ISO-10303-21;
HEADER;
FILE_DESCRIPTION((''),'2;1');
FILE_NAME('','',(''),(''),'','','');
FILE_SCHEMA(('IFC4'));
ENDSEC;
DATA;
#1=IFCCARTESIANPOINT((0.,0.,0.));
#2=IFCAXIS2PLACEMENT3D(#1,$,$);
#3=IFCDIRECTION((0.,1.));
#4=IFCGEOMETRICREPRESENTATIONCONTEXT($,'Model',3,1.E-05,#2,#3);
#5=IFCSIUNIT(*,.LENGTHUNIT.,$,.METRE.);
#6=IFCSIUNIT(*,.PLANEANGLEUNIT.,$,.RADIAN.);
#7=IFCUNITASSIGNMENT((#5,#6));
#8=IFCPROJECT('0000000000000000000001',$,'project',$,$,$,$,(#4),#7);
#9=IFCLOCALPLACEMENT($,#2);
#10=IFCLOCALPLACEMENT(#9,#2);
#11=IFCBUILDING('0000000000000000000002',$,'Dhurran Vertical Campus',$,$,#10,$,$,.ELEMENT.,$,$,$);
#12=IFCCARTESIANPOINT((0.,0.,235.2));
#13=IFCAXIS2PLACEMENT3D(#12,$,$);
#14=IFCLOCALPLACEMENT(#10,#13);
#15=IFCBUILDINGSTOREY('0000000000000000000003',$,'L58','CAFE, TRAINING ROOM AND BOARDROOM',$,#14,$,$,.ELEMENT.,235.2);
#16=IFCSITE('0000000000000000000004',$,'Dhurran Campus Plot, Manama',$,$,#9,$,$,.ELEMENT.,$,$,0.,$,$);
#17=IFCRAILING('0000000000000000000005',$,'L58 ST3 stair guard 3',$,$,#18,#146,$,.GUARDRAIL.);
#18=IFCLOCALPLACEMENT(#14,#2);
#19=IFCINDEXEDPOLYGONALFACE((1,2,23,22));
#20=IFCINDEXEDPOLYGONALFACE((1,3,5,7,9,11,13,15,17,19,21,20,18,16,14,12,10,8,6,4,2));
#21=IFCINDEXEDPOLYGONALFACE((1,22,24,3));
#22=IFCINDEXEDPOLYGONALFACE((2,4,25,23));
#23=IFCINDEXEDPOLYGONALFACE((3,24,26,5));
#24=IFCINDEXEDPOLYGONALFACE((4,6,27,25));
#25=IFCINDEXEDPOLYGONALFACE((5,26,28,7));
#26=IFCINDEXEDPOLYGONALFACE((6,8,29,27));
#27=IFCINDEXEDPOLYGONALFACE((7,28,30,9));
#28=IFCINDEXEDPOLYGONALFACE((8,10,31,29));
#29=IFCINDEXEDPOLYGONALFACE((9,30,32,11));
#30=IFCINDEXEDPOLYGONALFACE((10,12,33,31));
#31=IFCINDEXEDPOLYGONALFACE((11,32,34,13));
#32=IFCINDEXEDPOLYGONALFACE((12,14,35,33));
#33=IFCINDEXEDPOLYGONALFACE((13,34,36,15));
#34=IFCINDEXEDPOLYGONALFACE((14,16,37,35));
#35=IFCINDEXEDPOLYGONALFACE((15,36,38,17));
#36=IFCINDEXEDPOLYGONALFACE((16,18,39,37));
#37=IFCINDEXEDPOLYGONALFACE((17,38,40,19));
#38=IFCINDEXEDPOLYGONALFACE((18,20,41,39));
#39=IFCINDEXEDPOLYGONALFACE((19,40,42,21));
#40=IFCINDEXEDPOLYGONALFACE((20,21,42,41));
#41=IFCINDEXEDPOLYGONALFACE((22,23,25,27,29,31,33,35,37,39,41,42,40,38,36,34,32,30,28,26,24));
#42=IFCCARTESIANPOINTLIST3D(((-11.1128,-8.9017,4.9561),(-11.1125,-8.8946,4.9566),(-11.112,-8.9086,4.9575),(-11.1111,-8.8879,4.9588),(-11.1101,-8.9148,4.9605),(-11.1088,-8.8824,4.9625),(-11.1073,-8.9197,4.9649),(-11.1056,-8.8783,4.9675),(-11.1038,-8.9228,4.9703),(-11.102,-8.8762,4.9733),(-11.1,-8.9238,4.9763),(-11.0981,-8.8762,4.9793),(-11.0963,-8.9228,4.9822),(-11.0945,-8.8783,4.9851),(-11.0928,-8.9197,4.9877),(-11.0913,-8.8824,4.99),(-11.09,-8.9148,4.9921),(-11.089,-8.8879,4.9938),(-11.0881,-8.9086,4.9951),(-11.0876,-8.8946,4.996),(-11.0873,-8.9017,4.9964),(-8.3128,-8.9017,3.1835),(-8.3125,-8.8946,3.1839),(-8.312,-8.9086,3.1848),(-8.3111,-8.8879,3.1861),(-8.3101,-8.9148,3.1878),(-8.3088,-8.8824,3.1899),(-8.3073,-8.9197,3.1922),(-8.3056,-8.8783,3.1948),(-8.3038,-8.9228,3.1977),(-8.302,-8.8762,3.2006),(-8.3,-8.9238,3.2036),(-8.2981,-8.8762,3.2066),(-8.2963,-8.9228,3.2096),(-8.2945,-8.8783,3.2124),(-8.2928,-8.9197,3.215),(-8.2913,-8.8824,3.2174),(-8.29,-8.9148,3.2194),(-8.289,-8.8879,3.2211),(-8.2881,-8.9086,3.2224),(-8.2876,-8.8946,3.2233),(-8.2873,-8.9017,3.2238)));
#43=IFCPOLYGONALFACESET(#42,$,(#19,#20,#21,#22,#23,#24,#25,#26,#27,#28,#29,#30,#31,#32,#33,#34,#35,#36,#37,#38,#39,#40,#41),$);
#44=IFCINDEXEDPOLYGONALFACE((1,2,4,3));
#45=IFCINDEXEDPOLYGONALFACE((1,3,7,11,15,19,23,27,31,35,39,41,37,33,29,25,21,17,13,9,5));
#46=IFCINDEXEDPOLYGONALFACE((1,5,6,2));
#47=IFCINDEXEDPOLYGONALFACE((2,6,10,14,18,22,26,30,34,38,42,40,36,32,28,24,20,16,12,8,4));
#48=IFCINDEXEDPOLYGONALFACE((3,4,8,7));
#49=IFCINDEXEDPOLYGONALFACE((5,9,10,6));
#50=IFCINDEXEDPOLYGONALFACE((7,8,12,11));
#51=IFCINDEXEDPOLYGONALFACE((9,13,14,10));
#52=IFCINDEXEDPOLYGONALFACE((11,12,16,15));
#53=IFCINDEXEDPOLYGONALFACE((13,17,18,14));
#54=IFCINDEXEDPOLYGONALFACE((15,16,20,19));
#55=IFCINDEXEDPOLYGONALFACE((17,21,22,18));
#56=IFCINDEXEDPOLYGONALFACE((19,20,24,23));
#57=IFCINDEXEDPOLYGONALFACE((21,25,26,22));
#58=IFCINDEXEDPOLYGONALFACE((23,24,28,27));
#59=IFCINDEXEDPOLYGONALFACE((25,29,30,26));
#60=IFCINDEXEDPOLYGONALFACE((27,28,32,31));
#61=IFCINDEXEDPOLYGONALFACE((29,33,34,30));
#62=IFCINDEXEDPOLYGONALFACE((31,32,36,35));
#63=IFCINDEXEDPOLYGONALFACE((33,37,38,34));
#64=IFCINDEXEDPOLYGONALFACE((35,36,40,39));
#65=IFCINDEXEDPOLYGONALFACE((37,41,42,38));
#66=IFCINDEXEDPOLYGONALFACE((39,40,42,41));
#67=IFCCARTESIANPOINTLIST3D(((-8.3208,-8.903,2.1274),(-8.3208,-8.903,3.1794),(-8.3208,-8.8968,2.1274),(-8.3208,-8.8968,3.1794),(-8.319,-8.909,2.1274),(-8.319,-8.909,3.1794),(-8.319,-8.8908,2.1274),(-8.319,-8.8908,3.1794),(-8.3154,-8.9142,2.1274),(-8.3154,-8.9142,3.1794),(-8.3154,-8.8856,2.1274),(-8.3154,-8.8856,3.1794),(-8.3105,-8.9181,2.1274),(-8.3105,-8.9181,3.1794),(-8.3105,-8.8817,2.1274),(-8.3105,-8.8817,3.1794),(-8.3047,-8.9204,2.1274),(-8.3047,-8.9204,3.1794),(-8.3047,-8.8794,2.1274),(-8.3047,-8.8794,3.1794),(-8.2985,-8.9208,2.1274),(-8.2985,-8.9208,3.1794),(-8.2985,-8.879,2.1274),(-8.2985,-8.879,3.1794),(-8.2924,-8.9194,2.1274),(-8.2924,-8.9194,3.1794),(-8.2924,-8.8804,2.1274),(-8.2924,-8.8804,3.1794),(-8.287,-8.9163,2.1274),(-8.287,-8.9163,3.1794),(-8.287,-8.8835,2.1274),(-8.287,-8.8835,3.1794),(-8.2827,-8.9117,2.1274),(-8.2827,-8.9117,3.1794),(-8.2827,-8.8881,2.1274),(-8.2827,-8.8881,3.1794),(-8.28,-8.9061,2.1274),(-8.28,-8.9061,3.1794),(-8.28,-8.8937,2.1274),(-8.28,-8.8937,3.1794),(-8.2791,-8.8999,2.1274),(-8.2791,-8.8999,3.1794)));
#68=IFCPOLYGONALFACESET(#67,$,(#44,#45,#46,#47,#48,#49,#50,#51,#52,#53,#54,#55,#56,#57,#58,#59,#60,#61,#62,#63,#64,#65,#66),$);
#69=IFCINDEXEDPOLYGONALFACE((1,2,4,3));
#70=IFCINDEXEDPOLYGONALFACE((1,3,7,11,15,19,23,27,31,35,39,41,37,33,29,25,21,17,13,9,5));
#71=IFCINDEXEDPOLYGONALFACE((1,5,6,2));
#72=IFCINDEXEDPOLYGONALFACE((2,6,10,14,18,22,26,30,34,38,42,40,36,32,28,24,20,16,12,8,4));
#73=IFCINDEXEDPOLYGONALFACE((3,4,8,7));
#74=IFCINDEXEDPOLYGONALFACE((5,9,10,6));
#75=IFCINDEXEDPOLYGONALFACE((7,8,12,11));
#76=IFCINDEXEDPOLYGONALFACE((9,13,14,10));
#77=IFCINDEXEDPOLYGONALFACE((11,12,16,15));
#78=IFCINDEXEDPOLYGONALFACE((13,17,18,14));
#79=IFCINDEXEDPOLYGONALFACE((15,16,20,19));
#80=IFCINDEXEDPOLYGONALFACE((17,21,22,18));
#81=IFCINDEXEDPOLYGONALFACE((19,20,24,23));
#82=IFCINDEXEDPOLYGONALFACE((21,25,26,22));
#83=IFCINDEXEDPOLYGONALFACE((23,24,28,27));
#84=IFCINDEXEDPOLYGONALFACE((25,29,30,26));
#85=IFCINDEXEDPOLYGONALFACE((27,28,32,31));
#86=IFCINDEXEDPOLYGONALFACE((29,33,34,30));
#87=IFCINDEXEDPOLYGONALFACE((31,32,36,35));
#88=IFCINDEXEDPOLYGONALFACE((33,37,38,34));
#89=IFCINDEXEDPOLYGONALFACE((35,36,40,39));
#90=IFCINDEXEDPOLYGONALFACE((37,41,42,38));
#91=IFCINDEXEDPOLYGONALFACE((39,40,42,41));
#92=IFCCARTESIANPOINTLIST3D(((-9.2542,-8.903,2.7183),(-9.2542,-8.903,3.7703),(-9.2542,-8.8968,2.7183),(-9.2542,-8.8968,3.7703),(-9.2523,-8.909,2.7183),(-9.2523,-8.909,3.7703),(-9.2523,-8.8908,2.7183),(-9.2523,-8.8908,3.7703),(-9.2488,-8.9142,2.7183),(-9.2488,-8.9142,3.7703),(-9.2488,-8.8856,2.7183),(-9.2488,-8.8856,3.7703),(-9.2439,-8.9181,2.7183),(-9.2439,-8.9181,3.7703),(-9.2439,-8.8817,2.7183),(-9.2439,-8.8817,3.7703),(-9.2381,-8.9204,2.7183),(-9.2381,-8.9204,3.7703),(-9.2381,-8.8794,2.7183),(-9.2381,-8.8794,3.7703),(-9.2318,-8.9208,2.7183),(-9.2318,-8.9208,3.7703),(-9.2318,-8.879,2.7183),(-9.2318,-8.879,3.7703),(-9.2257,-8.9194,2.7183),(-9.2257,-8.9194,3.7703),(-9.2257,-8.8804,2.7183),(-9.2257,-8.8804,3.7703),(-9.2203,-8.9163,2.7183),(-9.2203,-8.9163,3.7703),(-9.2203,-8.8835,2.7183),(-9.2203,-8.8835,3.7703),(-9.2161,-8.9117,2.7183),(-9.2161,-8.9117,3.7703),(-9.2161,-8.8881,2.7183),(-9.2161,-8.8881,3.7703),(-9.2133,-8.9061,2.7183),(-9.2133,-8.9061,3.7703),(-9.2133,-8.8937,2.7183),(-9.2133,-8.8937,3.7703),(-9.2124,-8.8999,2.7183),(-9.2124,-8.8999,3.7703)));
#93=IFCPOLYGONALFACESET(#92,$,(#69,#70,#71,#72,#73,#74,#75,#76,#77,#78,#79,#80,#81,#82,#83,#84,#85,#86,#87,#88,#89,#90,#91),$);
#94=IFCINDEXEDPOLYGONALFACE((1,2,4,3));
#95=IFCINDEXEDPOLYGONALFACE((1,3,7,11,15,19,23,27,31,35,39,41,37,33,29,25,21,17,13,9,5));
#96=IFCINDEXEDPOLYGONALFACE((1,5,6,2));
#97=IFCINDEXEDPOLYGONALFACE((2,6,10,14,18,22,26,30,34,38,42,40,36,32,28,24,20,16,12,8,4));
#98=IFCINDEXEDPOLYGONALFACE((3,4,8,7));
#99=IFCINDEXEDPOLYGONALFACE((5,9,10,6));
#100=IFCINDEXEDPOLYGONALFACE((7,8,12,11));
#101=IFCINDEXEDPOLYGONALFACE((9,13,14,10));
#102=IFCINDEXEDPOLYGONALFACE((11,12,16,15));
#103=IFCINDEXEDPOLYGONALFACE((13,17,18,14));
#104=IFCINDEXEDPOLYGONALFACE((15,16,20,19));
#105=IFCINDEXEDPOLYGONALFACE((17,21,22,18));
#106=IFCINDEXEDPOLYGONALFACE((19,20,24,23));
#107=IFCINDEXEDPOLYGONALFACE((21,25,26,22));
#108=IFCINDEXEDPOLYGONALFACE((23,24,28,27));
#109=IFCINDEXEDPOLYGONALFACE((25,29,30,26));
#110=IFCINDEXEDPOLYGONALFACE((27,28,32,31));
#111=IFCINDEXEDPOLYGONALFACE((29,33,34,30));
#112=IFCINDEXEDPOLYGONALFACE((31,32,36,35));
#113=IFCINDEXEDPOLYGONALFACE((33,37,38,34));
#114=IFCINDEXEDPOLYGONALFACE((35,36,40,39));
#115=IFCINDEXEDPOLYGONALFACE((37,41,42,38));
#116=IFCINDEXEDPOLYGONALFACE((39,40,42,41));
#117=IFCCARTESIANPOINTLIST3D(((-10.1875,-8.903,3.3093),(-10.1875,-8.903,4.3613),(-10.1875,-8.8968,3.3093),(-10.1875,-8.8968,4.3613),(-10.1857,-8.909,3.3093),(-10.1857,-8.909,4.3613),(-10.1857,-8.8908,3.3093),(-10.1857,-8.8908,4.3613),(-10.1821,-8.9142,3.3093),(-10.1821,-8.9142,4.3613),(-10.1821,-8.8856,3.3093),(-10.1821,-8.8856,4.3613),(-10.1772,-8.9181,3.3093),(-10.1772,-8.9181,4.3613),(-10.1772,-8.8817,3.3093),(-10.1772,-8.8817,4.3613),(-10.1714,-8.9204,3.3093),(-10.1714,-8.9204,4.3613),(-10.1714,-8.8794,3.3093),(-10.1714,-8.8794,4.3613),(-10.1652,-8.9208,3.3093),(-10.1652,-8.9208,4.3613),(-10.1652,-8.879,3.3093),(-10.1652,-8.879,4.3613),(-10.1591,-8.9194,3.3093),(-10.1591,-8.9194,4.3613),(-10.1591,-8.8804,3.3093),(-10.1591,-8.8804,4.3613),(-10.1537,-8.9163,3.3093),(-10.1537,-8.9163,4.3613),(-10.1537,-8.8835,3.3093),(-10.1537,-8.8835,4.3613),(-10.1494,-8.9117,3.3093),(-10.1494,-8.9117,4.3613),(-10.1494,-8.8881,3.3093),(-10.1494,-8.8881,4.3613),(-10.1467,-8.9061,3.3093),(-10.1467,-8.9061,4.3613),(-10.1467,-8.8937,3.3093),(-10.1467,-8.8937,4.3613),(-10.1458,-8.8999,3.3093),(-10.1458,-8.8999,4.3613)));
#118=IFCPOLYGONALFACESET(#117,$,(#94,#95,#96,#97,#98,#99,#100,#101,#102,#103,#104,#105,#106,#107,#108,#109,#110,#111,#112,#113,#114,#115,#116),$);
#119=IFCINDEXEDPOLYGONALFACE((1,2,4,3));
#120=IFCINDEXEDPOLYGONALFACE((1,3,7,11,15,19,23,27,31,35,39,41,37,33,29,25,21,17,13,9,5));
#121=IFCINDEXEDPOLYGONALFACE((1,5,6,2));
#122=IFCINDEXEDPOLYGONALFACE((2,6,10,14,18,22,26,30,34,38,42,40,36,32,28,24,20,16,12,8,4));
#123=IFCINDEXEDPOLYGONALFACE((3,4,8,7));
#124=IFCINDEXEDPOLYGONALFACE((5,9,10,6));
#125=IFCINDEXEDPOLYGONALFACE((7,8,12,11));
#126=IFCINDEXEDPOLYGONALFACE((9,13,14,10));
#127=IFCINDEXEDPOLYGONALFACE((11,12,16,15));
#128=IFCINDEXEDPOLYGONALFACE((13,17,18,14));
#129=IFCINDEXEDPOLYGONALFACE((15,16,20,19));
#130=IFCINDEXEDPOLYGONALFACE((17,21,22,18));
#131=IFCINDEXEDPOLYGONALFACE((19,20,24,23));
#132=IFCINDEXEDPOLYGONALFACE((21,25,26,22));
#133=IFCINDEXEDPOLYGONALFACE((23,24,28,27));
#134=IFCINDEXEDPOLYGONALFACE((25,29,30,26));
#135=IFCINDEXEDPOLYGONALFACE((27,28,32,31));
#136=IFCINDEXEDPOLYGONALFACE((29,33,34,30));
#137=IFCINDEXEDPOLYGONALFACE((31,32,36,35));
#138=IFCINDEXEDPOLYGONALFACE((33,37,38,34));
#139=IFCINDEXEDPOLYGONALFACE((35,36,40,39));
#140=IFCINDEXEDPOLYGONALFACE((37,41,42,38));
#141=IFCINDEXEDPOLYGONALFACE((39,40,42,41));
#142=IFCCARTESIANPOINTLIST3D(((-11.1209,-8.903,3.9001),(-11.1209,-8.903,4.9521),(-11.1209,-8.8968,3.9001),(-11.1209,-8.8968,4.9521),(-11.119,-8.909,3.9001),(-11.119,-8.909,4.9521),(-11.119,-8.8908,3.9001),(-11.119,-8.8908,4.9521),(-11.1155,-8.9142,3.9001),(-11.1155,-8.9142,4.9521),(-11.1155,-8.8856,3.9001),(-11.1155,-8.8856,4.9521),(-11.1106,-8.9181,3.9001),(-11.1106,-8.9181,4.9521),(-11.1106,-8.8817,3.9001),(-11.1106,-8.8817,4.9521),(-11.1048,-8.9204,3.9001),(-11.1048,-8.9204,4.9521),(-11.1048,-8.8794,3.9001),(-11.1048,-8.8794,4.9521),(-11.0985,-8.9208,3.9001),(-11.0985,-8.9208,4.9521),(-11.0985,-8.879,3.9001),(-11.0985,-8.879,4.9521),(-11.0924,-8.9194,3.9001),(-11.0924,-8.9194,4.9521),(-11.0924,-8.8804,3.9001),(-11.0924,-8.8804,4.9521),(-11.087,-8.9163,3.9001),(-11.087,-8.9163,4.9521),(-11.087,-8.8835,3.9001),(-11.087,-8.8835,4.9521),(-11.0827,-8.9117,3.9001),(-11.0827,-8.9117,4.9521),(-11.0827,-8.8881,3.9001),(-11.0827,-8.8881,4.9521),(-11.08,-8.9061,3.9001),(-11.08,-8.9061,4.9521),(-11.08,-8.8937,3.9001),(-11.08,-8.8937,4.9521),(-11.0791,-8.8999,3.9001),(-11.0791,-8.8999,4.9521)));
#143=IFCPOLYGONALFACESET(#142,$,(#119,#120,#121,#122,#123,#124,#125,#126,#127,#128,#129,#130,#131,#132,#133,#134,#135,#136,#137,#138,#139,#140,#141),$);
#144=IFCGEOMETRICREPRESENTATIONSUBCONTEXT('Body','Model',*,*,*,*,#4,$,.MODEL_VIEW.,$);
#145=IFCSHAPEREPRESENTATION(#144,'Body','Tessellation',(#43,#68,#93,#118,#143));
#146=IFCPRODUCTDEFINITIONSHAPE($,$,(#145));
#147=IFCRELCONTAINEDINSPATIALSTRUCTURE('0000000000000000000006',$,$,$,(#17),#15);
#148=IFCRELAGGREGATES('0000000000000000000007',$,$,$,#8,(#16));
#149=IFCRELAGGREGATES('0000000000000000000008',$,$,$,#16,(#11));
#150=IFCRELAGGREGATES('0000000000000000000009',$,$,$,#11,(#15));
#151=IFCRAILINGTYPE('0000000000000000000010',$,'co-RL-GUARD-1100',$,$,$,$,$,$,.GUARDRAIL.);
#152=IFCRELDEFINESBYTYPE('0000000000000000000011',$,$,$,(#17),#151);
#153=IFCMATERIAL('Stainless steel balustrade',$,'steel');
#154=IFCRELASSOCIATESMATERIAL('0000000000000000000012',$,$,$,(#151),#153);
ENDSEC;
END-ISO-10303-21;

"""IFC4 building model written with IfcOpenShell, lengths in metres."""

from ifc_helpers import new_model, si_unit, direction, frame, origin, origin_2d, place, context, subcontext, project, spatial, circle, extrude, material, type_object, element, save


model = new_model("IFC4")

# Units and contexts
model_context = context("Model", 3, precision=1e-05, world=origin(), true_north=direction((0.0, 1.0)))
body_context = subcontext(model_context, "Body", "Model", "MODEL_VIEW")
ifc_project = project(units=[si_unit("LENGTHUNIT", "METRE"), si_unit("PLANEANGLEUNIT", "RADIAN")], contexts=[model_context])

# Site, building, storey
site_placement = place(None, origin())
site = spatial("IfcSite", under=ifc_project, at=site_placement, Name="Dhurran Campus Plot, Manama", CompositionType="ELEMENT", RefElevation=0.0)
building_placement = place(site_placement, origin())
building = spatial("IfcBuilding", under=site, at=building_placement, Name="Dhurran Vertical Campus", CompositionType="ELEMENT")
storey_placement = place(building_placement, frame((0.0, 0.0, 235.2)))
storey = spatial("IfcBuildingStorey", under=building, at=storey_placement, Name="L58", Description="CAFE, TRAINING ROOM AND BOARDROOM", CompositionType="ELEMENT", Elevation=235.2)

# Railing
ifc_material_1 = material(Name="Stainless steel balustrade", Category="steel")
railing_type_1 = type_object("IfcRailingType", Name="co-RL-GUARD-1100", PredefinedType="GUARDRAIL", material=ifc_material_1)
railing_1_placement = place(storey_placement, frame((-8.3, -8.8999, 2.1274)))
element("IfcRailing", 1, at=railing_1_placement, inside=storey, type_object=railing_type_1, Name="L58 ST3 stair guard 3", PredefinedType="GUARDRAIL", context=body_context, shape_type="SweptSolid", body=[
    extrude(circle(Radius=0.0239, at=origin_2d()), frame((0.0, 0.0, 1.0762), z_axis=(-0.844909, 0.0, 0.53491), x_axis=(0.0, -1.0, 0.0)), (0.0, 0.0, 1.0), 3.314),
    extrude(circle(Radius=0.021, at=origin_2d()), origin(), (0.0, 0.0, 1.0), 1.052),
    extrude(circle(Radius=0.021, at=origin_2d()), frame((-0.9333, 0.0, 0.5908)), (0.0, 0.0, 1.0), 1.052),
    extrude(circle(Radius=0.021, at=origin_2d()), frame((-1.8667, 0.0, 1.1819)), (0.0, 0.0, 1.0), 1.052),
    extrude(circle(Radius=0.021, at=origin_2d()), frame((-2.8, 0.0, 1.7727)), (0.0, 0.0, 1.0), 1.052),
])

save(model, "model.ifc")
